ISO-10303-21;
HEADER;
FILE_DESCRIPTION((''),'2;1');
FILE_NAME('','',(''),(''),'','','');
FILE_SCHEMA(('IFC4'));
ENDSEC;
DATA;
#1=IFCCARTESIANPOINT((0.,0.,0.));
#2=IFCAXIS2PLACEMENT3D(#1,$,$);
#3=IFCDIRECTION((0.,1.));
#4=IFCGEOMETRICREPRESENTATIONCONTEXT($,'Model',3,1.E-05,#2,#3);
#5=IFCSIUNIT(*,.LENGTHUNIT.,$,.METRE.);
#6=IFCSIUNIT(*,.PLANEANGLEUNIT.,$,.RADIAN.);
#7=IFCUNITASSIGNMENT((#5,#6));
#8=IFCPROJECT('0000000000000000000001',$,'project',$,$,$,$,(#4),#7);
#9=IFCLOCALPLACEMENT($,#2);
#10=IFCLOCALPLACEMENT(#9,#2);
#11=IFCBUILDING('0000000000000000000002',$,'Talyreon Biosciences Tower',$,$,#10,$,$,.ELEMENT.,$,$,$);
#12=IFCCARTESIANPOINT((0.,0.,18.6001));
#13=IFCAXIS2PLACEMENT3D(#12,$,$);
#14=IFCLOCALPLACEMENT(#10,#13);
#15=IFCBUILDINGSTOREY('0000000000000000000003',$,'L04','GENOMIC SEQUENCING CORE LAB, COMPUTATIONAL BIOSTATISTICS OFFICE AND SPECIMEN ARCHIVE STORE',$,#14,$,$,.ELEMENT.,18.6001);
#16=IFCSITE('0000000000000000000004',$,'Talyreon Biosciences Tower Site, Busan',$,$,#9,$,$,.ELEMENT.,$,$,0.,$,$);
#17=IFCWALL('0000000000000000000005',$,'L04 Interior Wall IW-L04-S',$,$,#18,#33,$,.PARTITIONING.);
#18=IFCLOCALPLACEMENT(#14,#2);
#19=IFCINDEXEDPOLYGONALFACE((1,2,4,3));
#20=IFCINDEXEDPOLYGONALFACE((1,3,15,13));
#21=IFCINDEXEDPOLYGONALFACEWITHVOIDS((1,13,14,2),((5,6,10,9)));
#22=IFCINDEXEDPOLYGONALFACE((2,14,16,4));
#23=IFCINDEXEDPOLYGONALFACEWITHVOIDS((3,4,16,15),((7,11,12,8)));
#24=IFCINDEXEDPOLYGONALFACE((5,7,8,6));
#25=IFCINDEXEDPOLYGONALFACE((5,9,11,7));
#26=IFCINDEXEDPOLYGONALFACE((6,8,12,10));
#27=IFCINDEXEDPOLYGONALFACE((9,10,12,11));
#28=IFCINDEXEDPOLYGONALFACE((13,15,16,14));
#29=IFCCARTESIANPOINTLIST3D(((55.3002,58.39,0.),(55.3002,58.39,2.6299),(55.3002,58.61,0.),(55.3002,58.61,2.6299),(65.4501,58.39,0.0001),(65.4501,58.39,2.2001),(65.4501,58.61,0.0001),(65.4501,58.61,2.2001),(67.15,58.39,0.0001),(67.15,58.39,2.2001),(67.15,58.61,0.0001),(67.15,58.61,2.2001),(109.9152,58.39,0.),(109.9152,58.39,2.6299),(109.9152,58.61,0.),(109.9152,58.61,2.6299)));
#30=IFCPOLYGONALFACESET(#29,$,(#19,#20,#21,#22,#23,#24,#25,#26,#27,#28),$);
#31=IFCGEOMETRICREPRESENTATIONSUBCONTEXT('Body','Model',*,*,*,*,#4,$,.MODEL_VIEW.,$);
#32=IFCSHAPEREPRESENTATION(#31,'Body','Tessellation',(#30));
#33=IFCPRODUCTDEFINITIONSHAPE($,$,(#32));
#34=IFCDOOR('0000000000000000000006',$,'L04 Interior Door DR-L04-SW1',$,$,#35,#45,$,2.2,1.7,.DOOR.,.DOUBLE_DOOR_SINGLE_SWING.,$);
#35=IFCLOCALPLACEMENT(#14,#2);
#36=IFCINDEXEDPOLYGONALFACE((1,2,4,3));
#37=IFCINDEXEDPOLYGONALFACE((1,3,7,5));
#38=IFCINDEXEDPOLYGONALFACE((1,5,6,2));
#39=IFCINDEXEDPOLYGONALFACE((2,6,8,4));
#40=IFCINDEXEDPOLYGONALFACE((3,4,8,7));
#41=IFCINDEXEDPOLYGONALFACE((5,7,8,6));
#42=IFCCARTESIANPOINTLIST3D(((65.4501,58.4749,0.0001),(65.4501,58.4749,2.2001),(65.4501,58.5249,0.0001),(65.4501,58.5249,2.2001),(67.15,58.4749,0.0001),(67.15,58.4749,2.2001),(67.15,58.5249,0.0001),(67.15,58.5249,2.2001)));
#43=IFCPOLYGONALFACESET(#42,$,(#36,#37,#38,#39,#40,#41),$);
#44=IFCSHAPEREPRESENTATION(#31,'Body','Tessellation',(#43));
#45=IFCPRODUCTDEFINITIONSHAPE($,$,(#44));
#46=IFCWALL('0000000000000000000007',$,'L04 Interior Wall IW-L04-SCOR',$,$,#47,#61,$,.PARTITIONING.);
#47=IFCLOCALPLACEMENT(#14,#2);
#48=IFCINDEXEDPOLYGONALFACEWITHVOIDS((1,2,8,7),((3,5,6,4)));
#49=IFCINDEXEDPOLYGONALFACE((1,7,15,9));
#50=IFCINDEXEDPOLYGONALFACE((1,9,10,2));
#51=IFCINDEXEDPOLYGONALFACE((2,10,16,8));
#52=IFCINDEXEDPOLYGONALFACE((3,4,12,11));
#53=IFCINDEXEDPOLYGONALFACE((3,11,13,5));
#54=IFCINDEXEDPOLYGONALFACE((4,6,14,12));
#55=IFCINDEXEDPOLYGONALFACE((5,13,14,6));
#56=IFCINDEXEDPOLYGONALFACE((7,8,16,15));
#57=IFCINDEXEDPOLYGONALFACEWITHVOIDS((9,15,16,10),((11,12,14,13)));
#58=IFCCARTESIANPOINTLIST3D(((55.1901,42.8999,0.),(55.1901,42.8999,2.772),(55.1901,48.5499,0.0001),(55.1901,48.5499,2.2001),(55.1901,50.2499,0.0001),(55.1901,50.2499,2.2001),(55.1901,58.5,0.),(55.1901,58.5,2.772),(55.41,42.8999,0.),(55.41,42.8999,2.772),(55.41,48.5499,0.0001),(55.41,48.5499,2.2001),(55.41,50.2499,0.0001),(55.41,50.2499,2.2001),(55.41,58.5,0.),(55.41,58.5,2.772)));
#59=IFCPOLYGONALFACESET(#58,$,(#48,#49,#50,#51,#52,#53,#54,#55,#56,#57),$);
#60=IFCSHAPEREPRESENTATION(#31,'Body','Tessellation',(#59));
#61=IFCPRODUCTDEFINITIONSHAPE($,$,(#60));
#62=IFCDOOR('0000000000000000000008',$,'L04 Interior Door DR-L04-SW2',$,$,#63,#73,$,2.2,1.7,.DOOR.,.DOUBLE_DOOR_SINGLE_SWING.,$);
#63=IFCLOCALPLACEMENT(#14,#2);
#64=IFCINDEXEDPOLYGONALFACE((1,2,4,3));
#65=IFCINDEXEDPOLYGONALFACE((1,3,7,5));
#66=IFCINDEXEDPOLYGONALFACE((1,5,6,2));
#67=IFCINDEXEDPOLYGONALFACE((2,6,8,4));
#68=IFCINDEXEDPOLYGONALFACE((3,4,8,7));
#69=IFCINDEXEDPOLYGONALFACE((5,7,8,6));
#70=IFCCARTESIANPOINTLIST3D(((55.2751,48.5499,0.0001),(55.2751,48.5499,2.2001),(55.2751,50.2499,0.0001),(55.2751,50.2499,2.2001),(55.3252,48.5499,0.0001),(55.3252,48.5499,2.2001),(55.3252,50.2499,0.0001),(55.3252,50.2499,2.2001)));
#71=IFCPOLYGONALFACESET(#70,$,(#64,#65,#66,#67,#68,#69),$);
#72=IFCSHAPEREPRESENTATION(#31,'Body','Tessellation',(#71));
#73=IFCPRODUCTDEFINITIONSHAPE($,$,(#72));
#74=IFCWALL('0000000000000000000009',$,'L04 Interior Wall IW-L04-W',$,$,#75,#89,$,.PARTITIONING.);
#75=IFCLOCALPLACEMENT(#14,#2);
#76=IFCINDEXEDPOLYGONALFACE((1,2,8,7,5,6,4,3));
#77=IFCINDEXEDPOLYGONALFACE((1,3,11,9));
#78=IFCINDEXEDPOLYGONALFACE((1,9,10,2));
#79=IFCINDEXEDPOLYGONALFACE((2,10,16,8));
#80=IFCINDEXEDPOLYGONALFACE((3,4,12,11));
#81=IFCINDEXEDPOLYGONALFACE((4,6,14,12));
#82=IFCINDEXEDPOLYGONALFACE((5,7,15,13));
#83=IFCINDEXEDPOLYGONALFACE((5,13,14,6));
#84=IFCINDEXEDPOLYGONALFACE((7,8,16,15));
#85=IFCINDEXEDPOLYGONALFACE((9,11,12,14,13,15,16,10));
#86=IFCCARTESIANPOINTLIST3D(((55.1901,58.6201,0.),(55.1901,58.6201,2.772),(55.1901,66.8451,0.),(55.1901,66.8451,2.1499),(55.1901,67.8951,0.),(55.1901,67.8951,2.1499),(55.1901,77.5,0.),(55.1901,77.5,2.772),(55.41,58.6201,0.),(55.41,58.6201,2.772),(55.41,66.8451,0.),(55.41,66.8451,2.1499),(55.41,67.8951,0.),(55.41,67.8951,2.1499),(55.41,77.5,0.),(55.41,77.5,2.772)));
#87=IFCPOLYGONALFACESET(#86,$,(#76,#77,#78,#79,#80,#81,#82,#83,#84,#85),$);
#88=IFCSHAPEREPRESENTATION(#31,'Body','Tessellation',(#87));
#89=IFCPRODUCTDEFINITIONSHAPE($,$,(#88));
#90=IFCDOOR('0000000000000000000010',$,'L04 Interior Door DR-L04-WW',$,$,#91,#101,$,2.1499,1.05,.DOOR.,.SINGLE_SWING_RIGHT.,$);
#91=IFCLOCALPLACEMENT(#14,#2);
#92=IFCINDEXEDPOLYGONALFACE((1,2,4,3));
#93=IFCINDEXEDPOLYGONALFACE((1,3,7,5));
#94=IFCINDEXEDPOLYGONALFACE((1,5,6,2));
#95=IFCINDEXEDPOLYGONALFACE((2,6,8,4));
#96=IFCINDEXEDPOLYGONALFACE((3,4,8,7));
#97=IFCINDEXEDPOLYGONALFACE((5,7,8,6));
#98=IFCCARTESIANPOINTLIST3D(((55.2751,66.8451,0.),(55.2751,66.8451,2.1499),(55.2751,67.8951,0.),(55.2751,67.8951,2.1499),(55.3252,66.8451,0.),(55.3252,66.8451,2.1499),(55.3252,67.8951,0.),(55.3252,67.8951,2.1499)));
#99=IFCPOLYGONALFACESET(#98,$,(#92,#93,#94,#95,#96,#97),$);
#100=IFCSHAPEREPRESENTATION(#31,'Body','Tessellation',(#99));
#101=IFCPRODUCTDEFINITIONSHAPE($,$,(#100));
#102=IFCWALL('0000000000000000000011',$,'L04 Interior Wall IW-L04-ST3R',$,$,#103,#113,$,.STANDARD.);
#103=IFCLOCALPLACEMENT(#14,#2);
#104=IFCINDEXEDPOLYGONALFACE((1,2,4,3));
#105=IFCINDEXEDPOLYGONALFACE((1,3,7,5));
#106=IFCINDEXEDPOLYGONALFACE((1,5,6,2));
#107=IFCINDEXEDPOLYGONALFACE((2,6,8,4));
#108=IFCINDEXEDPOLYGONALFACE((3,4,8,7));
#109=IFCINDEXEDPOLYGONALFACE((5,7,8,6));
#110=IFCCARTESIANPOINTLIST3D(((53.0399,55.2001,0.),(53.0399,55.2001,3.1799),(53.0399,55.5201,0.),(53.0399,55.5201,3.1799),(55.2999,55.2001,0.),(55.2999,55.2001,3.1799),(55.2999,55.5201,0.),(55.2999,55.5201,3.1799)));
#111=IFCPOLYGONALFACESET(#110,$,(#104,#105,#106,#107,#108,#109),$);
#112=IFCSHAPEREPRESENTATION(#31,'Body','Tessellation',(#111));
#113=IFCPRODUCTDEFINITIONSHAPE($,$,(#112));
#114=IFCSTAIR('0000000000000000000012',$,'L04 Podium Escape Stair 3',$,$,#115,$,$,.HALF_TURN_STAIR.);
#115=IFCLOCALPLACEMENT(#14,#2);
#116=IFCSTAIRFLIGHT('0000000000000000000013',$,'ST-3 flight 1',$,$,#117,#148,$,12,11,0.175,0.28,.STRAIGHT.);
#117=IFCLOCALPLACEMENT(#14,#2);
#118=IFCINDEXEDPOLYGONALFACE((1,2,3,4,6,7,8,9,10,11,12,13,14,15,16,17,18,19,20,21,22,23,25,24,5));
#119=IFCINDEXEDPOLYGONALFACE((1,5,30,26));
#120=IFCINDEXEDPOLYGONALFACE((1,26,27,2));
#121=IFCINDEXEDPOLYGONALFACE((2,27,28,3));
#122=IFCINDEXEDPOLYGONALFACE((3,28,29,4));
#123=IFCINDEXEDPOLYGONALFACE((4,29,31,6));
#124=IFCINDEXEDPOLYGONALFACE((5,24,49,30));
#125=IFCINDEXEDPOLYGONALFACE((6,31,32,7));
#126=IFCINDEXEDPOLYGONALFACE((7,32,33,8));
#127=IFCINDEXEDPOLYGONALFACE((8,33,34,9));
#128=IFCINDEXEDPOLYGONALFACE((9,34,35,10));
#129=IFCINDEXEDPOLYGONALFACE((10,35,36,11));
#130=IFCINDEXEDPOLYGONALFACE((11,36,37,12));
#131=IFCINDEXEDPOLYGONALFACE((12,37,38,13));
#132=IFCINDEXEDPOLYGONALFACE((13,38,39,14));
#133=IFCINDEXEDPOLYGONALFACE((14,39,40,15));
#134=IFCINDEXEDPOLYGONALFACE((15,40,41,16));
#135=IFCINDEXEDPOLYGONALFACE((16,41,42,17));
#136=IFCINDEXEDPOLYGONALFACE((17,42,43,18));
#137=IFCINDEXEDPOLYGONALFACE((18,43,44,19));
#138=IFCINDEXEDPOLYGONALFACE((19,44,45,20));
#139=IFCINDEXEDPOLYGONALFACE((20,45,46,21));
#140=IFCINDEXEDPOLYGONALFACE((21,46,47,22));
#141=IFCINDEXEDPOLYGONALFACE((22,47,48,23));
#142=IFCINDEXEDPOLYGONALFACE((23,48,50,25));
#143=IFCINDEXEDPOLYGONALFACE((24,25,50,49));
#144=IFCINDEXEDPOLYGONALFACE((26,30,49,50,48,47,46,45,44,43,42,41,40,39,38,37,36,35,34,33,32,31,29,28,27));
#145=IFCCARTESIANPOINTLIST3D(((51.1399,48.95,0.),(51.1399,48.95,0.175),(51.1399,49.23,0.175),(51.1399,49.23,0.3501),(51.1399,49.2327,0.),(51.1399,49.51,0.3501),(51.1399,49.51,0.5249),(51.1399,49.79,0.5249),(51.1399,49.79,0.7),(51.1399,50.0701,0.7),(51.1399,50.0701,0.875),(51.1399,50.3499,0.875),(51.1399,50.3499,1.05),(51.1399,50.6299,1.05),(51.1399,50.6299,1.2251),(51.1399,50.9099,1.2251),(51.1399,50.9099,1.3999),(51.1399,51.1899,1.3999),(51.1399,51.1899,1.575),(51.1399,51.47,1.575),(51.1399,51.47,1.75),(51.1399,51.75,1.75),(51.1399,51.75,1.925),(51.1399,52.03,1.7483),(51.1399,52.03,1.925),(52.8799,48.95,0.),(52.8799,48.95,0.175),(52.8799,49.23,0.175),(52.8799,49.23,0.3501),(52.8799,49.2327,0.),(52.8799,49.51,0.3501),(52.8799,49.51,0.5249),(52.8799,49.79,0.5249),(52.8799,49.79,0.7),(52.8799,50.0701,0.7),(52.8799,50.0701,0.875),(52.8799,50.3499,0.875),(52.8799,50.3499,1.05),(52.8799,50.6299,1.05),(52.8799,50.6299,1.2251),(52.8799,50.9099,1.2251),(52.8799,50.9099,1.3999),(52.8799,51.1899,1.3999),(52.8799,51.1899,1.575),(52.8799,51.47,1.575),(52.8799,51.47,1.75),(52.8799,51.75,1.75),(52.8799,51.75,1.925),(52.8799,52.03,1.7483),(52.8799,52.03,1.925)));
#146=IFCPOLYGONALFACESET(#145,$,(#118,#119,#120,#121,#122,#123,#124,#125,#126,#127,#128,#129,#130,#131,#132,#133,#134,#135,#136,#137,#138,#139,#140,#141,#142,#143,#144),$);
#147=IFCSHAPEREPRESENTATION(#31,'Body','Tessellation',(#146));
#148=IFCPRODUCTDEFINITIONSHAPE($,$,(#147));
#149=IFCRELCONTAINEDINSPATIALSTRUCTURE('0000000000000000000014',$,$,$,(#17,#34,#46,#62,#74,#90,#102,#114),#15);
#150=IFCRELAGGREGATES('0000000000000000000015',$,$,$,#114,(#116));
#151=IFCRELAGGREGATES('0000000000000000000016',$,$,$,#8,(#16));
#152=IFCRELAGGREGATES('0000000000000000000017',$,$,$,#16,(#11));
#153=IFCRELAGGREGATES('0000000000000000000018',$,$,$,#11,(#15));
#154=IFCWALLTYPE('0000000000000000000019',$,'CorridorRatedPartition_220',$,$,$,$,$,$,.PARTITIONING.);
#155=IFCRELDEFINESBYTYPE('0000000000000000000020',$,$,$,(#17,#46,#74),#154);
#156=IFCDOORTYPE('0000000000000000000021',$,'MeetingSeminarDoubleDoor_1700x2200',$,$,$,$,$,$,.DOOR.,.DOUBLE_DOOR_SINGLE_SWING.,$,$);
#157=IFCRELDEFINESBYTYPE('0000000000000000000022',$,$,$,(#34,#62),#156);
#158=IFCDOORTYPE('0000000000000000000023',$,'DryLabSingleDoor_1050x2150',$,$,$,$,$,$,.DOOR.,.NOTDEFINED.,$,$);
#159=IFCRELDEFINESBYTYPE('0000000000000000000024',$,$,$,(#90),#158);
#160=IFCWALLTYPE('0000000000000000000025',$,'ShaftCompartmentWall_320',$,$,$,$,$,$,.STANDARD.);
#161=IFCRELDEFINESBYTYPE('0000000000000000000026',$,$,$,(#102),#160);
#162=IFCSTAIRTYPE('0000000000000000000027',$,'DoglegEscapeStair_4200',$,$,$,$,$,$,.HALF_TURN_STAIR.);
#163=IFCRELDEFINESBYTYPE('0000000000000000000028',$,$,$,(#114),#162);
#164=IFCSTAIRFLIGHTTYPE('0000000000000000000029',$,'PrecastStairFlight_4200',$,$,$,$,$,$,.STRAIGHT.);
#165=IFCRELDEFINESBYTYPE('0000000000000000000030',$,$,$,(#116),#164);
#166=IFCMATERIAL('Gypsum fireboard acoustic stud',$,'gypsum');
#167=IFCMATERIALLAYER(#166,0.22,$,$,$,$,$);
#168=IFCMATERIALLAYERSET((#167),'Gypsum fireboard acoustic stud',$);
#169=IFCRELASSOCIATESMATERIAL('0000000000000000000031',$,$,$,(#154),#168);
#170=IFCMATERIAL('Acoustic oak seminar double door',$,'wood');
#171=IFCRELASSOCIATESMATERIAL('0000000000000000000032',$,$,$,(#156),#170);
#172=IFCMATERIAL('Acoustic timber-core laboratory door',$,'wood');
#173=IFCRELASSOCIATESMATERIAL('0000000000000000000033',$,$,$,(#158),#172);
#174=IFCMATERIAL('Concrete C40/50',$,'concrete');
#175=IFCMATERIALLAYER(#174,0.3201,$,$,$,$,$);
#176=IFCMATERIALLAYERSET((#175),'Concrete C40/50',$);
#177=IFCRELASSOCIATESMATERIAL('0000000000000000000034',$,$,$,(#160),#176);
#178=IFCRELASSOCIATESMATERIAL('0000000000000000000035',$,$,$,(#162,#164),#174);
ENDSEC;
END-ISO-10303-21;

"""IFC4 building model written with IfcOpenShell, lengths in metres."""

from ifc_helpers import new_model, si_unit, direction, frame, frame_2d, origin, place, context, subcontext, project, spatial, polyline, rectangle, outline, extrude, material, layer, layer_set, type_object, element, fill, aggregate, save


model = new_model("IFC4")

# Units and contexts
model_context = context("Model", 3, precision=1e-05, world=origin(), true_north=direction((0.0, 1.0)))
body_context = subcontext(model_context, "Body", "Model", "MODEL_VIEW")
ifc_project = project(units=[si_unit("LENGTHUNIT", "METRE"), si_unit("PLANEANGLEUNIT", "RADIAN")], contexts=[model_context])

# Site, building, storey
site_placement = place(None, origin())
site = spatial("IfcSite", under=ifc_project, at=site_placement, Name="Talyreon Biosciences Tower Site, Busan", CompositionType="ELEMENT", RefElevation=0.0)
building_placement = place(site_placement, origin())
building = spatial("IfcBuilding", under=site, at=building_placement, Name="Talyreon Biosciences Tower", CompositionType="ELEMENT")
storey_placement = place(building_placement, frame((0.0, 0.0, 18.6001)))
storey = spatial("IfcBuildingStorey", under=building, at=storey_placement, Name="L04", Description="GENOMIC SEQUENCING CORE LAB, COMPUTATIONAL BIOSTATISTICS OFFICE AND SPECIMEN ARCHIVE STORE", CompositionType="ELEMENT", Elevation=18.6001)

# Walls, openings, doors
ifc_material_1 = material(Name="Gypsum fireboard acoustic stud", Category="gypsum")
ifc_layer_1 = layer(ifc_material_1, 0.22)
ifc_layer_set_1 = layer_set([ifc_layer_1], Name="Gypsum fireboard acoustic stud")
wall_type_1 = type_object("IfcWallType", Name="CorridorRatedPartition_220", PredefinedType="PARTITIONING", material=ifc_layer_set_1)
wall_1_placement = place(storey_placement, frame((55.3, 58.5, 0.0), z_axis=(0.0, 0.0, 1.0), x_axis=(1.0, 0.0, 0.0)))
wall_1 = element("IfcWall", 1, at=wall_1_placement, inside=storey, type_object=wall_type_1, Name="L04 Interior Wall IW-L04-S", PredefinedType="PARTITIONING", context=body_context, shape_type="SweptSolid", body=[
    extrude(rectangle(XDim=54.615, YDim=0.22, at=frame_2d((27.3076, 0.0))), origin(), (0.0, 0.0, 1.0), 2.6299),
])
opening_1_placement = place(wall_1_placement, frame((10.1499, 0.0, 0.0)))
opening_1 = element("IfcOpeningElement", 2, at=opening_1_placement, cuts=wall_1, PredefinedType="OPENING", context=body_context, shape_type="SweptSolid", body=[
    extrude(rectangle(XDim=1.7, YDim=2.2, at=frame_2d((0.8501, 1.1001))), frame((0.0, 0.1199, 0.0), z_axis=(0.0, -1.0, 0.0), x_axis=(1.0, 0.0, 0.0)), (0.0, 0.0, 1.0), 0.24),
])
ifc_material_2 = material(Name="Acoustic oak seminar double door", Category="wood")
door_type_1 = type_object("IfcDoorType", Name="MeetingSeminarDoubleDoor_1700x2200", OperationType="DOUBLE_DOOR_SINGLE_SWING", PredefinedType="DOOR", material=ifc_material_2)
door_1_placement = place(opening_1_placement, origin())
door_1 = element("IfcDoor", 3, at=door_1_placement, inside=storey, type_object=door_type_1, Name="L04 Interior Door DR-L04-SW1", OperationType="DOUBLE_DOOR_SINGLE_SWING", OverallHeight=2.2, OverallWidth=1.7, PredefinedType="DOOR", context=body_context, shape_type="SweptSolid", body=[
    extrude(rectangle(XDim=1.7, YDim=2.2, at=frame_2d((0.8501, 1.1001))), frame((0.0, 0.0249, 0.0), z_axis=(0.0, -1.0, 0.0), x_axis=(1.0, 0.0, 0.0)), (0.0, 0.0, 1.0), 0.05),
])
fill(opening_1, door_1)
wall_2_placement = place(storey_placement, frame((55.3, 42.8999, 0.0), z_axis=(0.0, 0.0, 1.0), x_axis=(0.0, 1.0, 0.0)))
wall_2 = element("IfcWall", 4, at=wall_2_placement, inside=storey, type_object=wall_type_1, Name="L04 Interior Wall IW-L04-SCOR", PredefinedType="PARTITIONING", context=body_context, shape_type="SweptSolid", body=[
    extrude(rectangle(XDim=15.6001, YDim=0.22, at=frame_2d((7.8, 0.0))), origin(), (0.0, 0.0, 1.0), 2.772),
])
opening_2_placement = place(wall_2_placement, frame((5.6499, 0.0, 0.0)))
opening_2 = element("IfcOpeningElement", 5, at=opening_2_placement, cuts=wall_2, PredefinedType="OPENING", context=body_context, shape_type="SweptSolid", body=[
    extrude(rectangle(XDim=1.7, YDim=2.2, at=frame_2d((0.8501, 1.1001))), frame((0.0, 0.1199, 0.0), z_axis=(0.0, -1.0, 0.0), x_axis=(1.0, 0.0, 0.0)), (0.0, 0.0, 1.0), 0.24),
])
door_2_placement = place(opening_2_placement, origin())
door_2 = element("IfcDoor", 6, at=door_2_placement, inside=storey, type_object=door_type_1, Name="L04 Interior Door DR-L04-SW2", OperationType="DOUBLE_DOOR_SINGLE_SWING", OverallHeight=2.2, OverallWidth=1.7, PredefinedType="DOOR", context=body_context, shape_type="SweptSolid", body=[
    extrude(rectangle(XDim=1.7, YDim=2.2, at=frame_2d((0.8501, 1.1001))), frame((0.0, 0.0249, 0.0), z_axis=(0.0, -1.0, 0.0), x_axis=(1.0, 0.0, 0.0)), (0.0, 0.0, 1.0), 0.05),
])
fill(opening_2, door_2)
wall_3_placement = place(storey_placement, frame((55.3, 58.6201, 0.0), z_axis=(0.0, 0.0, 1.0), x_axis=(0.0, 1.0, 0.0)))
wall_3 = element("IfcWall", 7, at=wall_3_placement, inside=storey, type_object=wall_type_1, Name="L04 Interior Wall IW-L04-W", PredefinedType="PARTITIONING", context=body_context, shape_type="SweptSolid", body=[
    extrude(rectangle(XDim=18.8799, YDim=0.22, at=frame_2d((9.4399, 0.0))), origin(), (0.0, 0.0, 1.0), 2.772),
])
opening_3_placement = place(wall_3_placement, frame((8.2251, 0.0, 0.0)))
opening_3 = element("IfcOpeningElement", 8, at=opening_3_placement, cuts=wall_3, PredefinedType="OPENING", context=body_context, shape_type="SweptSolid", body=[
    extrude(rectangle(XDim=1.05, YDim=2.1499, at=frame_2d((0.5249, 1.075))), frame((0.0, 0.1199, 0.0), z_axis=(0.0, -1.0, 0.0), x_axis=(1.0, 0.0, 0.0)), (0.0, 0.0, 1.0), 0.24),
])
ifc_material_3 = material(Name="Acoustic timber-core laboratory door", Category="wood")
door_type_2 = type_object("IfcDoorType", Name="DryLabSingleDoor_1050x2150", OperationType="NOTDEFINED", PredefinedType="DOOR", material=ifc_material_3)
door_3_placement = place(opening_3_placement, origin())
door_3 = element("IfcDoor", 9, at=door_3_placement, inside=storey, type_object=door_type_2, Name="L04 Interior Door DR-L04-WW", OperationType="SINGLE_SWING_RIGHT", OverallHeight=2.1499, OverallWidth=1.05, PredefinedType="DOOR", context=body_context, shape_type="SweptSolid", body=[
    extrude(rectangle(XDim=1.05, YDim=2.1499, at=frame_2d((0.5249, 1.075))), frame((0.0, 0.0249, 0.0), z_axis=(0.0, -1.0, 0.0), x_axis=(1.0, 0.0, 0.0)), (0.0, 0.0, 1.0), 0.05),
])
fill(opening_3, door_3)

# Wall
ifc_material_4 = material(Name="Concrete C40/50", Category="concrete")
ifc_layer_2 = layer(ifc_material_4, 0.3201)
ifc_layer_set_2 = layer_set([ifc_layer_2], Name="Concrete C40/50")
wall_type_2 = type_object("IfcWallType", Name="ShaftCompartmentWall_320", PredefinedType="STANDARD", material=ifc_layer_set_2)
wall_4_placement = place(storey_placement, frame((53.04, 55.3601, 0.0), z_axis=(0.0, 0.0, 1.0), x_axis=(1.0, 0.0, 0.0)))
element("IfcWall", 10, at=wall_4_placement, inside=storey, type_object=wall_type_2, Name="L04 Interior Wall IW-L04-ST3R", PredefinedType="STANDARD", context=body_context, shape_type="SweptSolid", body=[
    extrude(rectangle(XDim=2.26, YDim=0.3201, at=frame_2d((1.1299, 0.0))), origin(), (0.0, 0.0, 1.0), 3.1799),
])

# Stair, stair flight
stair_type = type_object("IfcStairType", Name="DoglegEscapeStair_4200", PredefinedType="HALF_TURN_STAIR", material=ifc_material_4)
stair_placement = place(storey_placement, origin())
stair = element("IfcStair", 11, at=stair_placement, inside=storey, type_object=stair_type, Name="L04 Podium Escape Stair 3", PredefinedType="HALF_TURN_STAIR")
stair_flight_type = type_object("IfcStairFlightType", Name="PrecastStairFlight_4200", PredefinedType="STRAIGHT", material=ifc_material_4)
stair_flight_1_placement = place(storey_placement, frame((52.01, 48.95, 0.0), z_axis=(0.0, 0.0, 1.0), x_axis=(0.0, 1.0, 0.0)))
stair_flight_1 = element("IfcStairFlight", 12, at=stair_flight_1_placement, type_object=stair_flight_type, Name="ST-3 flight 1", NumberOfRisers=12, NumberOfTreads=11, PredefinedType="STRAIGHT", RiserHeight=0.175, TreadLength=0.28, context=body_context, shape_type="SweptSolid", body=[
    extrude(outline(polyline([(0.0, 0.0), (0.0, 0.175), (0.28, 0.175), (0.28, 0.3501), (0.5601, 0.3501), (0.5601, 0.5249), (0.8401, 0.5249), (0.8401, 0.7), (1.1201, 0.7), (1.1201, 0.875), (1.3999, 0.875), (1.3999, 1.05), (1.6799, 1.05), (1.6799, 1.2251), (1.96, 1.2251), (1.96, 1.3999), (2.24, 1.3999), (2.24, 1.575), (2.52, 1.575), (2.52, 1.75), (2.8, 1.75), (2.8, 1.925), (3.0801, 1.925), (3.0801, 2.1001), (3.0801, 1.7483), (0.2827, 0.0), (0.0, 0.0)])), frame((0.0, 0.8701, 0.0), z_axis=(0.0, -1.0, 0.0), x_axis=(1.0, 0.0, 0.0)), (0.0, 0.0, 1.0), 1.74),
])
aggregate(stair, [stair_flight_1])

save(model, "model.ifc")
